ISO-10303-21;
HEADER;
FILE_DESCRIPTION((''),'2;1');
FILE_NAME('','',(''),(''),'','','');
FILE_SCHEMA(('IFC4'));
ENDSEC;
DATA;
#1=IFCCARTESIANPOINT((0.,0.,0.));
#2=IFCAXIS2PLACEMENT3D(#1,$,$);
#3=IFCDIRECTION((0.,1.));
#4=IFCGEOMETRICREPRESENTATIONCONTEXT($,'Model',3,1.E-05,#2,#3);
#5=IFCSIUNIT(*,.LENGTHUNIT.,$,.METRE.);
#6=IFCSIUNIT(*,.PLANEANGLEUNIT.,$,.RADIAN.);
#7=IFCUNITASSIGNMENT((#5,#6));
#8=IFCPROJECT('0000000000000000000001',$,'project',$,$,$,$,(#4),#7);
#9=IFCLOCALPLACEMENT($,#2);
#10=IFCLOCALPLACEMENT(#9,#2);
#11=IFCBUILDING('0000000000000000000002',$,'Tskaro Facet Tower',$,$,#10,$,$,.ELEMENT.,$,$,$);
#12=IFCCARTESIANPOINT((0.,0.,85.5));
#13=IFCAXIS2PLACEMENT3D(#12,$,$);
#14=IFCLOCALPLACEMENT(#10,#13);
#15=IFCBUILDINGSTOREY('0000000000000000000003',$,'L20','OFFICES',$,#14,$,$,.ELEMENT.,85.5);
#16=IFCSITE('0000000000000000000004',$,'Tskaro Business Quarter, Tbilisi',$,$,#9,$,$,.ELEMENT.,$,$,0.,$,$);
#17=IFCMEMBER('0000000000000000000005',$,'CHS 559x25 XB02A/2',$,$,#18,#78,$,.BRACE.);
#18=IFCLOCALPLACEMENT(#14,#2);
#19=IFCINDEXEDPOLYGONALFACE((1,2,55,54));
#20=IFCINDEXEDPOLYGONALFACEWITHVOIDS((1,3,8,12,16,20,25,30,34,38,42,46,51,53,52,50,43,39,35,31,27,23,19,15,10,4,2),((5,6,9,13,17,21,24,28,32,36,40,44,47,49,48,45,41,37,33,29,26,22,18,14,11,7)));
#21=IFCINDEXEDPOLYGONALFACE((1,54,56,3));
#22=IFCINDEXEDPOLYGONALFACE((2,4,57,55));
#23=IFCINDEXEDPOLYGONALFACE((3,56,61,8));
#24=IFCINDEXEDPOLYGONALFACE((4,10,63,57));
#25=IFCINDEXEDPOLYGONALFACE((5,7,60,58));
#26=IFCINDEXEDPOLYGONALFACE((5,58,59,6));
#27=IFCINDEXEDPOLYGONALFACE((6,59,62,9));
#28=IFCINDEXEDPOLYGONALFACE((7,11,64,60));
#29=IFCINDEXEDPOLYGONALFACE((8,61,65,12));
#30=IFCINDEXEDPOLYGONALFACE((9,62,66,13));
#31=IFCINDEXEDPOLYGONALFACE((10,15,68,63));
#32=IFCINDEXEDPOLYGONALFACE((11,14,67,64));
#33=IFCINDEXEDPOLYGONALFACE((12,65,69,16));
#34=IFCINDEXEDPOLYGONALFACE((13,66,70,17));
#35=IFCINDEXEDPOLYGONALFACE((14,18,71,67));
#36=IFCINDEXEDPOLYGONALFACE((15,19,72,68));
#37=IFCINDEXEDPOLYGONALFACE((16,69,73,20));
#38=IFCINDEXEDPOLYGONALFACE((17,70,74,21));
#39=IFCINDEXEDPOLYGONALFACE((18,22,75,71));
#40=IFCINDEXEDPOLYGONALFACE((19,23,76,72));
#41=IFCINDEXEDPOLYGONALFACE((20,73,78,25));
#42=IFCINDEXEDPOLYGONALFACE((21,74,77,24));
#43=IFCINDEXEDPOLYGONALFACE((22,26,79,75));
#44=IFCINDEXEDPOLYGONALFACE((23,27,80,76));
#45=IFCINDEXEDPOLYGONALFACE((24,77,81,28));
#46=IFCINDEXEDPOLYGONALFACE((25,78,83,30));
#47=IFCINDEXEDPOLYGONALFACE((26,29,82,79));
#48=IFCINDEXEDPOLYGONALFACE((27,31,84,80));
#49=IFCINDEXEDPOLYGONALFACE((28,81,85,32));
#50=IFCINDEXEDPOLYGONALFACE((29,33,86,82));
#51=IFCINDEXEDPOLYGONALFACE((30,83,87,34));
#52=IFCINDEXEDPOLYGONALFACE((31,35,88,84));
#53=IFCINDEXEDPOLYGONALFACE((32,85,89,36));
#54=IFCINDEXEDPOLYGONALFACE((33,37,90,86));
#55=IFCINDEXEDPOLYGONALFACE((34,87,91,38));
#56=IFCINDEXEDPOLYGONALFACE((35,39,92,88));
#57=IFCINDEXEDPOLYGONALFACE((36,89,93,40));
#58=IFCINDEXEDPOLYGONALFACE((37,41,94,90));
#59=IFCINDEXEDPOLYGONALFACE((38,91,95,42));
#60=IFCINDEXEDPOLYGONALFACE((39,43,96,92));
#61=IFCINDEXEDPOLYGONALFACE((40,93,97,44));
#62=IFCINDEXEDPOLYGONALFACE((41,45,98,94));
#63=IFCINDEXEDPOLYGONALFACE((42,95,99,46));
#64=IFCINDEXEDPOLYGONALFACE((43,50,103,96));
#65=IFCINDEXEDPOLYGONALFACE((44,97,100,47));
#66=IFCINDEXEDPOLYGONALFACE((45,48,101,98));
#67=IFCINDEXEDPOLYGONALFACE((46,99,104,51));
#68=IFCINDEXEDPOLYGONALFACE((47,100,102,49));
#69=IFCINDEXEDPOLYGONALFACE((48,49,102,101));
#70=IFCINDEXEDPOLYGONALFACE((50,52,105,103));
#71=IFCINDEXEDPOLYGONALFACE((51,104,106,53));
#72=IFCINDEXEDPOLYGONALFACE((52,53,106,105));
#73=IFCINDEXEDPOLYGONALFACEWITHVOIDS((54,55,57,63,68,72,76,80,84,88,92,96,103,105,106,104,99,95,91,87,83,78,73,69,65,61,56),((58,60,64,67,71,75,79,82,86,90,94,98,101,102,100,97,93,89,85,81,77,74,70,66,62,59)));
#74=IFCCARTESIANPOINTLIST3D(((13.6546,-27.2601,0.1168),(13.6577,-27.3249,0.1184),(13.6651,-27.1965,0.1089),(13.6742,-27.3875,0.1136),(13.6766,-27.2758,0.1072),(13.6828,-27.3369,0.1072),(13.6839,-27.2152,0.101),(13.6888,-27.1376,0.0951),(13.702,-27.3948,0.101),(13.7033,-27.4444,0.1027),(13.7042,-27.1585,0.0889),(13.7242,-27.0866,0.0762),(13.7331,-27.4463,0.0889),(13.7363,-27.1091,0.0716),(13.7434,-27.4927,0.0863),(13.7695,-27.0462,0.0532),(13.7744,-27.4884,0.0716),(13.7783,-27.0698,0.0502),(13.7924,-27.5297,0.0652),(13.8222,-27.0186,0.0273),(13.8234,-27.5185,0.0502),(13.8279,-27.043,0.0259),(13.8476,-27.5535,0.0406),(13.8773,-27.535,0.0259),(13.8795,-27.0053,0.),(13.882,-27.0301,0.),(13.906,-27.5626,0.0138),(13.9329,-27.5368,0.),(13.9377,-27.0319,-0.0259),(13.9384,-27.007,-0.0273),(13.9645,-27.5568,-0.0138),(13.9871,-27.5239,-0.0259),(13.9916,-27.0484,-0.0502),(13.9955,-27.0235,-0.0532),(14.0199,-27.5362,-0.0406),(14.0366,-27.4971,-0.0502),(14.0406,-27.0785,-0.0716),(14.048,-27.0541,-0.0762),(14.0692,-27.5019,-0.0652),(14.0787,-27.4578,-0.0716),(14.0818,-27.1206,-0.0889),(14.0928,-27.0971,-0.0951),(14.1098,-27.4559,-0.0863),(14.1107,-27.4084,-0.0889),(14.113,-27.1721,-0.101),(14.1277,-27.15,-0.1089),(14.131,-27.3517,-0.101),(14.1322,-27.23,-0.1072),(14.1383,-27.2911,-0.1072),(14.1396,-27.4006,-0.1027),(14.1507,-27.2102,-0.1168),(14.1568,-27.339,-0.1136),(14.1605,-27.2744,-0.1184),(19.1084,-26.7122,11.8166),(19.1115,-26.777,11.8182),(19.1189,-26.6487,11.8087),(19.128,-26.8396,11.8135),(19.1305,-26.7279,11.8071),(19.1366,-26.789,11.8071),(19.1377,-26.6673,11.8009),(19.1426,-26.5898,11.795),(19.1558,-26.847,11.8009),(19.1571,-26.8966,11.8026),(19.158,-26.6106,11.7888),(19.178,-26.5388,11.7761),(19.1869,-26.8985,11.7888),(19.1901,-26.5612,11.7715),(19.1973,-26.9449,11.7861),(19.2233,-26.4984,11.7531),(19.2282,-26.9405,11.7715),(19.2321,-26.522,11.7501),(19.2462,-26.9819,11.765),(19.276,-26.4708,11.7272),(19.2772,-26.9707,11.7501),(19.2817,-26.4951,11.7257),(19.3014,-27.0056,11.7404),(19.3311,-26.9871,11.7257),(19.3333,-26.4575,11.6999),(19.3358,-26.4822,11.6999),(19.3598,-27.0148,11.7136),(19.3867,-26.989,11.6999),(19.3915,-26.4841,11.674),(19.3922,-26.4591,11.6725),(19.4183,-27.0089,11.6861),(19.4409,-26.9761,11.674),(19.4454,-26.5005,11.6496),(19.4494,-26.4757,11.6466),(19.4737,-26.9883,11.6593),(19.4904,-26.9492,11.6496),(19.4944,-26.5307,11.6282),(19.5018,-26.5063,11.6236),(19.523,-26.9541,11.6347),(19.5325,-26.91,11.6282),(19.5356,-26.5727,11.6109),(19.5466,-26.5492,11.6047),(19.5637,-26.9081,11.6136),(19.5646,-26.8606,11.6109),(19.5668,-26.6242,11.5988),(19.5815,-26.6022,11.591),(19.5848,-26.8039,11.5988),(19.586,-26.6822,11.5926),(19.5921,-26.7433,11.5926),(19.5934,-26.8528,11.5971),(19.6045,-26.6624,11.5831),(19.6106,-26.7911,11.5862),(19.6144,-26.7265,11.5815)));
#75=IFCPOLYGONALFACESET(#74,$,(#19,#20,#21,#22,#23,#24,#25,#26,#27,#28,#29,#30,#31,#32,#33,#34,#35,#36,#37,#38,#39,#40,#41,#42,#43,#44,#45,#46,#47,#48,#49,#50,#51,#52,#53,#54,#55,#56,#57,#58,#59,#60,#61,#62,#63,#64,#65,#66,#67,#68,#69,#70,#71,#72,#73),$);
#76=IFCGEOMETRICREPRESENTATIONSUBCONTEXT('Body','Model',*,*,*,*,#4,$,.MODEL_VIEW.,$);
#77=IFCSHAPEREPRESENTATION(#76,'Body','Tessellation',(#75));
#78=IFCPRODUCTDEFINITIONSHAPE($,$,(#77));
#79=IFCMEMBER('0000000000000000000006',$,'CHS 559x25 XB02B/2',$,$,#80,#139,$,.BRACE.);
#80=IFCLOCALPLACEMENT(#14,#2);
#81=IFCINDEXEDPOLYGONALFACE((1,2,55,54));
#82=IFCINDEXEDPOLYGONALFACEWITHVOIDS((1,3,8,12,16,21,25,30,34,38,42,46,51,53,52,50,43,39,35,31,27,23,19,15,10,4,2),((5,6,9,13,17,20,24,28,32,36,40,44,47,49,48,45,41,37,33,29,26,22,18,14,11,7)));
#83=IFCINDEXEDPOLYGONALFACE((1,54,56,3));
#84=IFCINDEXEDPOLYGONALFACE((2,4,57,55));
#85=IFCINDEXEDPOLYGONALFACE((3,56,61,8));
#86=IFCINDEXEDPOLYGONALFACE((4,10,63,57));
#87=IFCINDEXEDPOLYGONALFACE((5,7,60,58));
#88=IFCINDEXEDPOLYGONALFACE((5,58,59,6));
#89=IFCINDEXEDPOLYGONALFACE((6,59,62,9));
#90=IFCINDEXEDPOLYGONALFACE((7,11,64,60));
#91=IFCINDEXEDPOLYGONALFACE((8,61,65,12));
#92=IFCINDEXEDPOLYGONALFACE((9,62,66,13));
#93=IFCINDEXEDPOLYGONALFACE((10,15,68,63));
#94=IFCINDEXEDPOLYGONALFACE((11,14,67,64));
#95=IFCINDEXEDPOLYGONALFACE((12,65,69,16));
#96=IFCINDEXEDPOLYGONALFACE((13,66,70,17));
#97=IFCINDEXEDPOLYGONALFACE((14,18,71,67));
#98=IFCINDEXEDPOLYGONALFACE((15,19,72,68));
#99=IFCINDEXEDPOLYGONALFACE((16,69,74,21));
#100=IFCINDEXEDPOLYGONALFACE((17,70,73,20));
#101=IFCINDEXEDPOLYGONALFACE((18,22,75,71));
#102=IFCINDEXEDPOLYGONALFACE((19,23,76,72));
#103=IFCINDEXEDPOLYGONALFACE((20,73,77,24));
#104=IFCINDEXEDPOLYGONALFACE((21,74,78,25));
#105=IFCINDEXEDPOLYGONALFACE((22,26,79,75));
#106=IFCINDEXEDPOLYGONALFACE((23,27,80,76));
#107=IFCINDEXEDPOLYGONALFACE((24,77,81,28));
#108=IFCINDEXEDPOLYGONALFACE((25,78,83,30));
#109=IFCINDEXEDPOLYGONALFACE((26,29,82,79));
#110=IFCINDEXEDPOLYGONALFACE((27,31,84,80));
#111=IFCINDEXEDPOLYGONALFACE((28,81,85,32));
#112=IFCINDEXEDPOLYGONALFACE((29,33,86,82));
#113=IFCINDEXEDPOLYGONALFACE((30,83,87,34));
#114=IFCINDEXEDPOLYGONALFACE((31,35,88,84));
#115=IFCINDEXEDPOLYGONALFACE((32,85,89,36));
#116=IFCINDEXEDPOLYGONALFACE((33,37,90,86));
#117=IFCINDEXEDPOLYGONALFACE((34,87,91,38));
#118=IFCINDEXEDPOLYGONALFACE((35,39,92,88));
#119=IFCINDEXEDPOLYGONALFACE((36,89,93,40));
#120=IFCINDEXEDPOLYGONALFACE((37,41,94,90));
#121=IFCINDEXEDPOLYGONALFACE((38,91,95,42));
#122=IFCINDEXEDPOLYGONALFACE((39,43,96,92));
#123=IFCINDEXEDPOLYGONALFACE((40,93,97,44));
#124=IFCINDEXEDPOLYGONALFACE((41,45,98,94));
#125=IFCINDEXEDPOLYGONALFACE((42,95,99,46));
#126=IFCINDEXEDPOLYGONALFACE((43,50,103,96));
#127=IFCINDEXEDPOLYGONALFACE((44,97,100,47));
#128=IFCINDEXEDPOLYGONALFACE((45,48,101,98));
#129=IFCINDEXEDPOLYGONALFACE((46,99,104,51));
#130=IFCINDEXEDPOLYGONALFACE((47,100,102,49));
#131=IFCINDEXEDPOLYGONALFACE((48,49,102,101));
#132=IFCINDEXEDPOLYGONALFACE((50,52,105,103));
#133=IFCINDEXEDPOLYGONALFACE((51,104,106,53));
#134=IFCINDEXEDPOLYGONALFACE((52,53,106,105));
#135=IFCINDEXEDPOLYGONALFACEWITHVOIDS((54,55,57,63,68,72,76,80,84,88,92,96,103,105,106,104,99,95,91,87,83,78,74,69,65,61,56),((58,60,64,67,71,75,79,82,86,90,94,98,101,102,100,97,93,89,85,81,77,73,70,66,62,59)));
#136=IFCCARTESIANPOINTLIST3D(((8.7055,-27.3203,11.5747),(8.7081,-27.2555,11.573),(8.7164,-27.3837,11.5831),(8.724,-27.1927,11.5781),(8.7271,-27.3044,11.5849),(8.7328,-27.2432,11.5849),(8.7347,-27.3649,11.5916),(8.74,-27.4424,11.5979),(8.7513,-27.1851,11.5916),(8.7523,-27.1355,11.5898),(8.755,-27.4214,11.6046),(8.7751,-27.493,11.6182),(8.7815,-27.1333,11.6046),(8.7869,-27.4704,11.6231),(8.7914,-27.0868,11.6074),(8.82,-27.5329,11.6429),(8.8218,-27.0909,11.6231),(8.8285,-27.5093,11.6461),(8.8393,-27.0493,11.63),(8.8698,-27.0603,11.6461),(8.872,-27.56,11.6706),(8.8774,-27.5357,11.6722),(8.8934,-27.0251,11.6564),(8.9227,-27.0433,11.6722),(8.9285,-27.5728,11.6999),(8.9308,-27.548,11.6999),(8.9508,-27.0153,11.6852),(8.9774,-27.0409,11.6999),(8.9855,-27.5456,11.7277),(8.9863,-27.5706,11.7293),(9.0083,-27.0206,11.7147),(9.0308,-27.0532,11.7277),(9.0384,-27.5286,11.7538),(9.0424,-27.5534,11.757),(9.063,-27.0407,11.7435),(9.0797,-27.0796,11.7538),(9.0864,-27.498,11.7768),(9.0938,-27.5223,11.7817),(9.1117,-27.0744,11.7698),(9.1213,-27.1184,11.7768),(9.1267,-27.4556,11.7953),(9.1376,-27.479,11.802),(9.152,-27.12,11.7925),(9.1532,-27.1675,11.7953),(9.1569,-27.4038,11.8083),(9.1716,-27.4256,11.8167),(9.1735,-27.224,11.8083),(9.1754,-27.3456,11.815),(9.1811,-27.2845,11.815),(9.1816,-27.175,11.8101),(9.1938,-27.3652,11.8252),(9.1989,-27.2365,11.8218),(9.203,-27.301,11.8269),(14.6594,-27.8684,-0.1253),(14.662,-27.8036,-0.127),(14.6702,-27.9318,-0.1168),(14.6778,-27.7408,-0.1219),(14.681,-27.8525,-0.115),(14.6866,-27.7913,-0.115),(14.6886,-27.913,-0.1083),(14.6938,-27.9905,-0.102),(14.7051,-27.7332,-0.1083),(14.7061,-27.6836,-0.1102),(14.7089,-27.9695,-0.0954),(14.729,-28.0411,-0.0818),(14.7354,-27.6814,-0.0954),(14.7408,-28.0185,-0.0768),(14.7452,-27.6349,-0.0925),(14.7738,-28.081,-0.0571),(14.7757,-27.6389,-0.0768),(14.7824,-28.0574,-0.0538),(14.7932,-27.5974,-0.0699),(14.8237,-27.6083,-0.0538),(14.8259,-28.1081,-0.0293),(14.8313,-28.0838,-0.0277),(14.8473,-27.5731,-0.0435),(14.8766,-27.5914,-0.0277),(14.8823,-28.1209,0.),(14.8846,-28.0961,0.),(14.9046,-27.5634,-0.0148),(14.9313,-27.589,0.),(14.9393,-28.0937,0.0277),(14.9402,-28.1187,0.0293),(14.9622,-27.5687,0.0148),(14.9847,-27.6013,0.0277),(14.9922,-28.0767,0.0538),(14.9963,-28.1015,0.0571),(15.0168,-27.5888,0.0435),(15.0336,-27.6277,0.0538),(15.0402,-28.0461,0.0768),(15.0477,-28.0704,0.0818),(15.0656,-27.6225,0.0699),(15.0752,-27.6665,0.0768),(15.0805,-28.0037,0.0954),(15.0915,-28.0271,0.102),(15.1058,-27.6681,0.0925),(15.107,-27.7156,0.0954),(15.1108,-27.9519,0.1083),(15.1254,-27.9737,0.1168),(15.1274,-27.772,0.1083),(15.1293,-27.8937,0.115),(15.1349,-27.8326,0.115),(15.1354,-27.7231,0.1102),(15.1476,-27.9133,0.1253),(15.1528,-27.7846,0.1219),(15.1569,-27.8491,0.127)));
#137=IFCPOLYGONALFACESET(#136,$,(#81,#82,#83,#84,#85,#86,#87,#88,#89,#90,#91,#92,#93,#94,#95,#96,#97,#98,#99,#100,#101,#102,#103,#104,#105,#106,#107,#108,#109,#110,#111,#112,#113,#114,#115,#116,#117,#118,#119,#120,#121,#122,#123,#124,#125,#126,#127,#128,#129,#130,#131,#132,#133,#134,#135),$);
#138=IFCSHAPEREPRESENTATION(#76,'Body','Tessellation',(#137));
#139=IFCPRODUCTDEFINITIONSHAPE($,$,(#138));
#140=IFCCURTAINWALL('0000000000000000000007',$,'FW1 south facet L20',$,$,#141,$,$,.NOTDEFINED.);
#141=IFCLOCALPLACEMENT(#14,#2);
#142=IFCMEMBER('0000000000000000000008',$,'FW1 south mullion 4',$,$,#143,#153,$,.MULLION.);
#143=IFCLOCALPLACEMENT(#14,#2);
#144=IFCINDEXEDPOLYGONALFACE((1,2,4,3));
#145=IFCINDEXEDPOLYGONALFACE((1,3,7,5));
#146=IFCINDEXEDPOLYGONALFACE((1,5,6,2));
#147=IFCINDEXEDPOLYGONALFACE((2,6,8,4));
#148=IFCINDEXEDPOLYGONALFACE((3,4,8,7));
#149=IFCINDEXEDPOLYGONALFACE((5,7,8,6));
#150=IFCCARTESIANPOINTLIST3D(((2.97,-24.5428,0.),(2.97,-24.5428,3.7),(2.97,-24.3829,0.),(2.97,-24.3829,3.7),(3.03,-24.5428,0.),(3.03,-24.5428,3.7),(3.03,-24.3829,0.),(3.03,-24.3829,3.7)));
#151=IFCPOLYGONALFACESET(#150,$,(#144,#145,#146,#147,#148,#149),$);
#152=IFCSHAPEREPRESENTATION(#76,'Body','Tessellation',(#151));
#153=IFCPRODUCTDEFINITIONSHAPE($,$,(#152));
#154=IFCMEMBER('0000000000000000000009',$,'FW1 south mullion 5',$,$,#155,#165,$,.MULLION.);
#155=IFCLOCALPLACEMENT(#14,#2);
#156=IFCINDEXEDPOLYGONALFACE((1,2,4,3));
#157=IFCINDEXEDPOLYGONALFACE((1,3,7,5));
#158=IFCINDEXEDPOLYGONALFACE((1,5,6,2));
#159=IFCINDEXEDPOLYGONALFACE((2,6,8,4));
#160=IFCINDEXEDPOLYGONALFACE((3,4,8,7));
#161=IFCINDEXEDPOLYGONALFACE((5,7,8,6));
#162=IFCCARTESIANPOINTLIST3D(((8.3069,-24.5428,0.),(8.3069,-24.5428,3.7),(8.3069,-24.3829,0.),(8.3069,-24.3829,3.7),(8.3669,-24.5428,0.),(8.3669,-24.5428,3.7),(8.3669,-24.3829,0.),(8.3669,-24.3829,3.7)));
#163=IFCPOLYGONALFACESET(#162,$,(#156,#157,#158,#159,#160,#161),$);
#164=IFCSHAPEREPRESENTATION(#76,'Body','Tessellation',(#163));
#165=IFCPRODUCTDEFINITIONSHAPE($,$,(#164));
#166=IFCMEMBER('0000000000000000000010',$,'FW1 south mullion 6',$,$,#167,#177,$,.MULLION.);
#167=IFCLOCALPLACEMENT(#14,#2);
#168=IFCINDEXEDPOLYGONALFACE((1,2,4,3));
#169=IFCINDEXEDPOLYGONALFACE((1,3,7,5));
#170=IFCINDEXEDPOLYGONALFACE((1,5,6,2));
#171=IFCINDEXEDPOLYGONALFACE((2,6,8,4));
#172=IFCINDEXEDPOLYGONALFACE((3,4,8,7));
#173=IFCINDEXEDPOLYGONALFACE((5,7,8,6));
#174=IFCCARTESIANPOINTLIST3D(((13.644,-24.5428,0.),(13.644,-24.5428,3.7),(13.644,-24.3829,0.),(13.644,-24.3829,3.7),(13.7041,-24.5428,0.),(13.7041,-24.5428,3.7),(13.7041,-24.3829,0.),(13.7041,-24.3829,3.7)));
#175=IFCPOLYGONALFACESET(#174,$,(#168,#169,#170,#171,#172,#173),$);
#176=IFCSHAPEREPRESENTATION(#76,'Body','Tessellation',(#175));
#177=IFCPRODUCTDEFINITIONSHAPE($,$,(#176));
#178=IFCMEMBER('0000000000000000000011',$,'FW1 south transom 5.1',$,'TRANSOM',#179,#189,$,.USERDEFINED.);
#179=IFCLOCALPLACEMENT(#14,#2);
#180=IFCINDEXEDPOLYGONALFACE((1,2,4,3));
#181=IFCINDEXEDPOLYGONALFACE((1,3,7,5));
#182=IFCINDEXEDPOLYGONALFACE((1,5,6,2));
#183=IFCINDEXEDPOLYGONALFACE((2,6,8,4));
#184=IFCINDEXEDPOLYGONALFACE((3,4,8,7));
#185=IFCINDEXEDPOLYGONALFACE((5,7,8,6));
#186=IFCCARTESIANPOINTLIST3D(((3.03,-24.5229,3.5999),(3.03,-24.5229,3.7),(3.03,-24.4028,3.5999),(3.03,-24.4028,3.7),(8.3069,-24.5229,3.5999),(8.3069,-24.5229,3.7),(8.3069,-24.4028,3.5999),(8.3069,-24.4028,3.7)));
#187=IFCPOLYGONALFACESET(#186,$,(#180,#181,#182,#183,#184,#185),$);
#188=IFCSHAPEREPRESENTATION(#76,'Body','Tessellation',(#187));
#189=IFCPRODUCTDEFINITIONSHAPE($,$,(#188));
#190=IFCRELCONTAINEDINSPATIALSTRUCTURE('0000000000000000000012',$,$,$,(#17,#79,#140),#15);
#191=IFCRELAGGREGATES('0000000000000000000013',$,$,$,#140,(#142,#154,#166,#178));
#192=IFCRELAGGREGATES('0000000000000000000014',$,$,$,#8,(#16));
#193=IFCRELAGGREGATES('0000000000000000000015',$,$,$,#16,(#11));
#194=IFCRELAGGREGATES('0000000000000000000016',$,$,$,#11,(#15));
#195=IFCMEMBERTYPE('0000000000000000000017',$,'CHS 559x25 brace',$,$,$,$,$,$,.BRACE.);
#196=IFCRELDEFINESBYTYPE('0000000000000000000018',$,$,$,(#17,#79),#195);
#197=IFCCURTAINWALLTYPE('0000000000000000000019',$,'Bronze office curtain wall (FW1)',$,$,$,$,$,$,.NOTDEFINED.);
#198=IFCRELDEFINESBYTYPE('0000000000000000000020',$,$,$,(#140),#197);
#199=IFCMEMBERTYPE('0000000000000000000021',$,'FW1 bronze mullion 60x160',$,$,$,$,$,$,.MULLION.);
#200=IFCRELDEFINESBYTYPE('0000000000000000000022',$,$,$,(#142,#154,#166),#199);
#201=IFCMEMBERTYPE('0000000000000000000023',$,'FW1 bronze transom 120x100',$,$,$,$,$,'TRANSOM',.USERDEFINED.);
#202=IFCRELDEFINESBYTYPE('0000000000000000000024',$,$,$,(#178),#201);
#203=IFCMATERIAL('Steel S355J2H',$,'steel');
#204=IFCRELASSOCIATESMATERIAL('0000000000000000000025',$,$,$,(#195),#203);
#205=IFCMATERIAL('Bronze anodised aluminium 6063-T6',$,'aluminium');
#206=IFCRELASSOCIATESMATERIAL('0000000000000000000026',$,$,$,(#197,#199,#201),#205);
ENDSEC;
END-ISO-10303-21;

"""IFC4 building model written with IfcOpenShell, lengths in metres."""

from ifc_helpers import new_model, si_unit, direction, frame, origin, origin_2d, place, context, subcontext, project, spatial, rectangle, hollow_circle, extrude, material, material_profile, profile_set, type_object, element, aggregate, save


model = new_model("IFC4")

# Units and contexts
model_context = context("Model", 3, precision=1e-05, world=origin(), true_north=direction((0.0, 1.0)))
body_context = subcontext(model_context, "Body", "Model", "MODEL_VIEW")
ifc_project = project(units=[si_unit("LENGTHUNIT", "METRE"), si_unit("PLANEANGLEUNIT", "RADIAN")], contexts=[model_context])

# Site, building, storey
site_placement = place(None, origin())
site = spatial("IfcSite", under=ifc_project, at=site_placement, Name="Tskaro Business Quarter, Tbilisi", CompositionType="ELEMENT", RefElevation=0.0)
building_placement = place(site_placement, origin())
building = spatial("IfcBuilding", under=site, at=building_placement, Name="Tskaro Facet Tower", CompositionType="ELEMENT")
storey_placement = place(building_placement, frame((0.0, 0.0, 85.5)))
storey = spatial("IfcBuildingStorey", under=building, at=storey_placement, Name="L20", Description="OFFICES", CompositionType="ELEMENT", Elevation=85.5)

# Shared definitions
ifc_material_1 = material(Name="Steel S355J2H", Category="steel")

# Members
ifc_material_profile_1 = material_profile(ifc_material_1, hollow_circle(Radius=0.2795, WallThickness=0.0249, at=origin_2d()), Name="CHS 559x25")
ifc_profile_set_1 = profile_set([ifc_material_profile_1], Name="Steel S355J2H")
member_type_1 = type_object("IfcMemberType", Name="CHS 559x25 brace", PredefinedType="BRACE", material=ifc_profile_set_1)
member_1_placement = place(storey_placement, frame((13.9075, -27.2834, 0.0), z_axis=(0.422116, 0.042402, 0.90555), x_axis=(-0.099949, 0.994993, 0.0)))
element("IfcMember", 1, at=member_1_placement, inside=storey, type_object=member_type_1, Name="CHS 559x25 XB02A/2", PredefinedType="BRACE", context=body_context, shape_type="SweptSolid", body=[
    extrude(hollow_circle(Radius=0.2795, WallThickness=0.0249, at=origin_2d()), origin(), (0.0, 0.0, 1.0), 12.9202),
])
member_2_placement = place(storey_placement, frame((14.908, -27.8425, 0.0), z_axis=(-0.453138, 0.041715, 0.890464), x_axis=(-0.09167, -0.995789, 0.0)))
element("IfcMember", 2, at=member_2_placement, inside=storey, type_object=member_type_1, Name="CHS 559x25 XB02B/2", PredefinedType="BRACE", context=body_context, shape_type="SweptSolid", body=[
    extrude(hollow_circle(Radius=0.2795, WallThickness=0.0249, at=origin_2d()), origin(), (0.0, 0.0, 1.0), 13.1392),
])

# Curtain wall, members
ifc_material_2 = material(Name="Bronze anodised aluminium 6063-T6", Category="aluminium")
curtain_wall_type = type_object("IfcCurtainWallType", Name="Bronze office curtain wall (FW1)", PredefinedType="NOTDEFINED", material=ifc_material_2)
curtain_wall_placement = place(storey_placement, origin())
curtain_wall = element("IfcCurtainWall", 3, at=curtain_wall_placement, inside=storey, type_object=curtain_wall_type, Name="FW1 south facet L20", PredefinedType="NOTDEFINED")
ifc_material_profile_2 = material_profile(ifc_material_2, rectangle(XDim=0.0601, YDim=0.1599, at=origin_2d()), Name="Mullion 60x160")
ifc_profile_set_2 = profile_set([ifc_material_profile_2], Name="Bronze anodised aluminium 6063-T6")
member_type_2 = type_object("IfcMemberType", Name="FW1 bronze mullion 60x160", PredefinedType="MULLION", material=ifc_profile_set_2)
member_3_placement = place(storey_placement, frame((3.0, -24.4629, 0.0), z_axis=(0.0, 0.0, 1.0), x_axis=(1.0, 0.0, 0.0)))
member_3 = element("IfcMember", 4, at=member_3_placement, type_object=member_type_2, Name="FW1 south mullion 4", PredefinedType="MULLION", context=body_context, shape_type="SweptSolid", body=[
    extrude(rectangle(XDim=0.0601, YDim=0.1599, at=origin_2d()), origin(), (0.0, 0.0, 1.0), 3.7),
])
member_4_placement = place(storey_placement, frame((8.3369, -24.4629, 0.0), z_axis=(0.0, 0.0, 1.0), x_axis=(1.0, 0.0, 0.0)))
member_4 = element("IfcMember", 5, at=member_4_placement, type_object=member_type_2, Name="FW1 south mullion 5", PredefinedType="MULLION", context=body_context, shape_type="SweptSolid", body=[
    extrude(rectangle(XDim=0.0601, YDim=0.1599, at=origin_2d()), origin(), (0.0, 0.0, 1.0), 3.7),
])
member_5_placement = place(storey_placement, frame((13.6741, -24.4629, 0.0), z_axis=(0.0, 0.0, 1.0), x_axis=(1.0, 0.0, 0.0)))
member_5 = element("IfcMember", 6, at=member_5_placement, type_object=member_type_2, Name="FW1 south mullion 6", PredefinedType="MULLION", context=body_context, shape_type="SweptSolid", body=[
    extrude(rectangle(XDim=0.0601, YDim=0.1599, at=origin_2d()), origin(), (0.0, 0.0, 1.0), 3.7),
])
ifc_material_profile_3 = material_profile(ifc_material_2, rectangle(XDim=0.1201, YDim=0.1001, at=origin_2d()), Name="Transom 120x100")
ifc_profile_set_3 = profile_set([ifc_material_profile_3], Name="Bronze anodised aluminium 6063-T6")
member_type_3 = type_object("IfcMemberType", Name="FW1 bronze transom 120x100", ElementType="TRANSOM", PredefinedType="USERDEFINED", material=ifc_profile_set_3)
member_6_placement = place(storey_placement, frame((3.03, -24.4629, 3.6499), z_axis=(1.0, 0.0, 0.0), x_axis=(0.0, 1.0, 0.0)))
member_6 = element("IfcMember", 7, at=member_6_placement, type_object=member_type_3, Name="FW1 south transom 5.1", ObjectType="TRANSOM", PredefinedType="USERDEFINED", context=body_context, shape_type="SweptSolid", body=[
    extrude(rectangle(XDim=0.1201, YDim=0.1001, at=origin_2d()), origin(), (0.0, 0.0, 1.0), 5.2769),
])

aggregate(curtain_wall, [member_3, member_4, member_5, member_6])

save(model, "model.ifc")
